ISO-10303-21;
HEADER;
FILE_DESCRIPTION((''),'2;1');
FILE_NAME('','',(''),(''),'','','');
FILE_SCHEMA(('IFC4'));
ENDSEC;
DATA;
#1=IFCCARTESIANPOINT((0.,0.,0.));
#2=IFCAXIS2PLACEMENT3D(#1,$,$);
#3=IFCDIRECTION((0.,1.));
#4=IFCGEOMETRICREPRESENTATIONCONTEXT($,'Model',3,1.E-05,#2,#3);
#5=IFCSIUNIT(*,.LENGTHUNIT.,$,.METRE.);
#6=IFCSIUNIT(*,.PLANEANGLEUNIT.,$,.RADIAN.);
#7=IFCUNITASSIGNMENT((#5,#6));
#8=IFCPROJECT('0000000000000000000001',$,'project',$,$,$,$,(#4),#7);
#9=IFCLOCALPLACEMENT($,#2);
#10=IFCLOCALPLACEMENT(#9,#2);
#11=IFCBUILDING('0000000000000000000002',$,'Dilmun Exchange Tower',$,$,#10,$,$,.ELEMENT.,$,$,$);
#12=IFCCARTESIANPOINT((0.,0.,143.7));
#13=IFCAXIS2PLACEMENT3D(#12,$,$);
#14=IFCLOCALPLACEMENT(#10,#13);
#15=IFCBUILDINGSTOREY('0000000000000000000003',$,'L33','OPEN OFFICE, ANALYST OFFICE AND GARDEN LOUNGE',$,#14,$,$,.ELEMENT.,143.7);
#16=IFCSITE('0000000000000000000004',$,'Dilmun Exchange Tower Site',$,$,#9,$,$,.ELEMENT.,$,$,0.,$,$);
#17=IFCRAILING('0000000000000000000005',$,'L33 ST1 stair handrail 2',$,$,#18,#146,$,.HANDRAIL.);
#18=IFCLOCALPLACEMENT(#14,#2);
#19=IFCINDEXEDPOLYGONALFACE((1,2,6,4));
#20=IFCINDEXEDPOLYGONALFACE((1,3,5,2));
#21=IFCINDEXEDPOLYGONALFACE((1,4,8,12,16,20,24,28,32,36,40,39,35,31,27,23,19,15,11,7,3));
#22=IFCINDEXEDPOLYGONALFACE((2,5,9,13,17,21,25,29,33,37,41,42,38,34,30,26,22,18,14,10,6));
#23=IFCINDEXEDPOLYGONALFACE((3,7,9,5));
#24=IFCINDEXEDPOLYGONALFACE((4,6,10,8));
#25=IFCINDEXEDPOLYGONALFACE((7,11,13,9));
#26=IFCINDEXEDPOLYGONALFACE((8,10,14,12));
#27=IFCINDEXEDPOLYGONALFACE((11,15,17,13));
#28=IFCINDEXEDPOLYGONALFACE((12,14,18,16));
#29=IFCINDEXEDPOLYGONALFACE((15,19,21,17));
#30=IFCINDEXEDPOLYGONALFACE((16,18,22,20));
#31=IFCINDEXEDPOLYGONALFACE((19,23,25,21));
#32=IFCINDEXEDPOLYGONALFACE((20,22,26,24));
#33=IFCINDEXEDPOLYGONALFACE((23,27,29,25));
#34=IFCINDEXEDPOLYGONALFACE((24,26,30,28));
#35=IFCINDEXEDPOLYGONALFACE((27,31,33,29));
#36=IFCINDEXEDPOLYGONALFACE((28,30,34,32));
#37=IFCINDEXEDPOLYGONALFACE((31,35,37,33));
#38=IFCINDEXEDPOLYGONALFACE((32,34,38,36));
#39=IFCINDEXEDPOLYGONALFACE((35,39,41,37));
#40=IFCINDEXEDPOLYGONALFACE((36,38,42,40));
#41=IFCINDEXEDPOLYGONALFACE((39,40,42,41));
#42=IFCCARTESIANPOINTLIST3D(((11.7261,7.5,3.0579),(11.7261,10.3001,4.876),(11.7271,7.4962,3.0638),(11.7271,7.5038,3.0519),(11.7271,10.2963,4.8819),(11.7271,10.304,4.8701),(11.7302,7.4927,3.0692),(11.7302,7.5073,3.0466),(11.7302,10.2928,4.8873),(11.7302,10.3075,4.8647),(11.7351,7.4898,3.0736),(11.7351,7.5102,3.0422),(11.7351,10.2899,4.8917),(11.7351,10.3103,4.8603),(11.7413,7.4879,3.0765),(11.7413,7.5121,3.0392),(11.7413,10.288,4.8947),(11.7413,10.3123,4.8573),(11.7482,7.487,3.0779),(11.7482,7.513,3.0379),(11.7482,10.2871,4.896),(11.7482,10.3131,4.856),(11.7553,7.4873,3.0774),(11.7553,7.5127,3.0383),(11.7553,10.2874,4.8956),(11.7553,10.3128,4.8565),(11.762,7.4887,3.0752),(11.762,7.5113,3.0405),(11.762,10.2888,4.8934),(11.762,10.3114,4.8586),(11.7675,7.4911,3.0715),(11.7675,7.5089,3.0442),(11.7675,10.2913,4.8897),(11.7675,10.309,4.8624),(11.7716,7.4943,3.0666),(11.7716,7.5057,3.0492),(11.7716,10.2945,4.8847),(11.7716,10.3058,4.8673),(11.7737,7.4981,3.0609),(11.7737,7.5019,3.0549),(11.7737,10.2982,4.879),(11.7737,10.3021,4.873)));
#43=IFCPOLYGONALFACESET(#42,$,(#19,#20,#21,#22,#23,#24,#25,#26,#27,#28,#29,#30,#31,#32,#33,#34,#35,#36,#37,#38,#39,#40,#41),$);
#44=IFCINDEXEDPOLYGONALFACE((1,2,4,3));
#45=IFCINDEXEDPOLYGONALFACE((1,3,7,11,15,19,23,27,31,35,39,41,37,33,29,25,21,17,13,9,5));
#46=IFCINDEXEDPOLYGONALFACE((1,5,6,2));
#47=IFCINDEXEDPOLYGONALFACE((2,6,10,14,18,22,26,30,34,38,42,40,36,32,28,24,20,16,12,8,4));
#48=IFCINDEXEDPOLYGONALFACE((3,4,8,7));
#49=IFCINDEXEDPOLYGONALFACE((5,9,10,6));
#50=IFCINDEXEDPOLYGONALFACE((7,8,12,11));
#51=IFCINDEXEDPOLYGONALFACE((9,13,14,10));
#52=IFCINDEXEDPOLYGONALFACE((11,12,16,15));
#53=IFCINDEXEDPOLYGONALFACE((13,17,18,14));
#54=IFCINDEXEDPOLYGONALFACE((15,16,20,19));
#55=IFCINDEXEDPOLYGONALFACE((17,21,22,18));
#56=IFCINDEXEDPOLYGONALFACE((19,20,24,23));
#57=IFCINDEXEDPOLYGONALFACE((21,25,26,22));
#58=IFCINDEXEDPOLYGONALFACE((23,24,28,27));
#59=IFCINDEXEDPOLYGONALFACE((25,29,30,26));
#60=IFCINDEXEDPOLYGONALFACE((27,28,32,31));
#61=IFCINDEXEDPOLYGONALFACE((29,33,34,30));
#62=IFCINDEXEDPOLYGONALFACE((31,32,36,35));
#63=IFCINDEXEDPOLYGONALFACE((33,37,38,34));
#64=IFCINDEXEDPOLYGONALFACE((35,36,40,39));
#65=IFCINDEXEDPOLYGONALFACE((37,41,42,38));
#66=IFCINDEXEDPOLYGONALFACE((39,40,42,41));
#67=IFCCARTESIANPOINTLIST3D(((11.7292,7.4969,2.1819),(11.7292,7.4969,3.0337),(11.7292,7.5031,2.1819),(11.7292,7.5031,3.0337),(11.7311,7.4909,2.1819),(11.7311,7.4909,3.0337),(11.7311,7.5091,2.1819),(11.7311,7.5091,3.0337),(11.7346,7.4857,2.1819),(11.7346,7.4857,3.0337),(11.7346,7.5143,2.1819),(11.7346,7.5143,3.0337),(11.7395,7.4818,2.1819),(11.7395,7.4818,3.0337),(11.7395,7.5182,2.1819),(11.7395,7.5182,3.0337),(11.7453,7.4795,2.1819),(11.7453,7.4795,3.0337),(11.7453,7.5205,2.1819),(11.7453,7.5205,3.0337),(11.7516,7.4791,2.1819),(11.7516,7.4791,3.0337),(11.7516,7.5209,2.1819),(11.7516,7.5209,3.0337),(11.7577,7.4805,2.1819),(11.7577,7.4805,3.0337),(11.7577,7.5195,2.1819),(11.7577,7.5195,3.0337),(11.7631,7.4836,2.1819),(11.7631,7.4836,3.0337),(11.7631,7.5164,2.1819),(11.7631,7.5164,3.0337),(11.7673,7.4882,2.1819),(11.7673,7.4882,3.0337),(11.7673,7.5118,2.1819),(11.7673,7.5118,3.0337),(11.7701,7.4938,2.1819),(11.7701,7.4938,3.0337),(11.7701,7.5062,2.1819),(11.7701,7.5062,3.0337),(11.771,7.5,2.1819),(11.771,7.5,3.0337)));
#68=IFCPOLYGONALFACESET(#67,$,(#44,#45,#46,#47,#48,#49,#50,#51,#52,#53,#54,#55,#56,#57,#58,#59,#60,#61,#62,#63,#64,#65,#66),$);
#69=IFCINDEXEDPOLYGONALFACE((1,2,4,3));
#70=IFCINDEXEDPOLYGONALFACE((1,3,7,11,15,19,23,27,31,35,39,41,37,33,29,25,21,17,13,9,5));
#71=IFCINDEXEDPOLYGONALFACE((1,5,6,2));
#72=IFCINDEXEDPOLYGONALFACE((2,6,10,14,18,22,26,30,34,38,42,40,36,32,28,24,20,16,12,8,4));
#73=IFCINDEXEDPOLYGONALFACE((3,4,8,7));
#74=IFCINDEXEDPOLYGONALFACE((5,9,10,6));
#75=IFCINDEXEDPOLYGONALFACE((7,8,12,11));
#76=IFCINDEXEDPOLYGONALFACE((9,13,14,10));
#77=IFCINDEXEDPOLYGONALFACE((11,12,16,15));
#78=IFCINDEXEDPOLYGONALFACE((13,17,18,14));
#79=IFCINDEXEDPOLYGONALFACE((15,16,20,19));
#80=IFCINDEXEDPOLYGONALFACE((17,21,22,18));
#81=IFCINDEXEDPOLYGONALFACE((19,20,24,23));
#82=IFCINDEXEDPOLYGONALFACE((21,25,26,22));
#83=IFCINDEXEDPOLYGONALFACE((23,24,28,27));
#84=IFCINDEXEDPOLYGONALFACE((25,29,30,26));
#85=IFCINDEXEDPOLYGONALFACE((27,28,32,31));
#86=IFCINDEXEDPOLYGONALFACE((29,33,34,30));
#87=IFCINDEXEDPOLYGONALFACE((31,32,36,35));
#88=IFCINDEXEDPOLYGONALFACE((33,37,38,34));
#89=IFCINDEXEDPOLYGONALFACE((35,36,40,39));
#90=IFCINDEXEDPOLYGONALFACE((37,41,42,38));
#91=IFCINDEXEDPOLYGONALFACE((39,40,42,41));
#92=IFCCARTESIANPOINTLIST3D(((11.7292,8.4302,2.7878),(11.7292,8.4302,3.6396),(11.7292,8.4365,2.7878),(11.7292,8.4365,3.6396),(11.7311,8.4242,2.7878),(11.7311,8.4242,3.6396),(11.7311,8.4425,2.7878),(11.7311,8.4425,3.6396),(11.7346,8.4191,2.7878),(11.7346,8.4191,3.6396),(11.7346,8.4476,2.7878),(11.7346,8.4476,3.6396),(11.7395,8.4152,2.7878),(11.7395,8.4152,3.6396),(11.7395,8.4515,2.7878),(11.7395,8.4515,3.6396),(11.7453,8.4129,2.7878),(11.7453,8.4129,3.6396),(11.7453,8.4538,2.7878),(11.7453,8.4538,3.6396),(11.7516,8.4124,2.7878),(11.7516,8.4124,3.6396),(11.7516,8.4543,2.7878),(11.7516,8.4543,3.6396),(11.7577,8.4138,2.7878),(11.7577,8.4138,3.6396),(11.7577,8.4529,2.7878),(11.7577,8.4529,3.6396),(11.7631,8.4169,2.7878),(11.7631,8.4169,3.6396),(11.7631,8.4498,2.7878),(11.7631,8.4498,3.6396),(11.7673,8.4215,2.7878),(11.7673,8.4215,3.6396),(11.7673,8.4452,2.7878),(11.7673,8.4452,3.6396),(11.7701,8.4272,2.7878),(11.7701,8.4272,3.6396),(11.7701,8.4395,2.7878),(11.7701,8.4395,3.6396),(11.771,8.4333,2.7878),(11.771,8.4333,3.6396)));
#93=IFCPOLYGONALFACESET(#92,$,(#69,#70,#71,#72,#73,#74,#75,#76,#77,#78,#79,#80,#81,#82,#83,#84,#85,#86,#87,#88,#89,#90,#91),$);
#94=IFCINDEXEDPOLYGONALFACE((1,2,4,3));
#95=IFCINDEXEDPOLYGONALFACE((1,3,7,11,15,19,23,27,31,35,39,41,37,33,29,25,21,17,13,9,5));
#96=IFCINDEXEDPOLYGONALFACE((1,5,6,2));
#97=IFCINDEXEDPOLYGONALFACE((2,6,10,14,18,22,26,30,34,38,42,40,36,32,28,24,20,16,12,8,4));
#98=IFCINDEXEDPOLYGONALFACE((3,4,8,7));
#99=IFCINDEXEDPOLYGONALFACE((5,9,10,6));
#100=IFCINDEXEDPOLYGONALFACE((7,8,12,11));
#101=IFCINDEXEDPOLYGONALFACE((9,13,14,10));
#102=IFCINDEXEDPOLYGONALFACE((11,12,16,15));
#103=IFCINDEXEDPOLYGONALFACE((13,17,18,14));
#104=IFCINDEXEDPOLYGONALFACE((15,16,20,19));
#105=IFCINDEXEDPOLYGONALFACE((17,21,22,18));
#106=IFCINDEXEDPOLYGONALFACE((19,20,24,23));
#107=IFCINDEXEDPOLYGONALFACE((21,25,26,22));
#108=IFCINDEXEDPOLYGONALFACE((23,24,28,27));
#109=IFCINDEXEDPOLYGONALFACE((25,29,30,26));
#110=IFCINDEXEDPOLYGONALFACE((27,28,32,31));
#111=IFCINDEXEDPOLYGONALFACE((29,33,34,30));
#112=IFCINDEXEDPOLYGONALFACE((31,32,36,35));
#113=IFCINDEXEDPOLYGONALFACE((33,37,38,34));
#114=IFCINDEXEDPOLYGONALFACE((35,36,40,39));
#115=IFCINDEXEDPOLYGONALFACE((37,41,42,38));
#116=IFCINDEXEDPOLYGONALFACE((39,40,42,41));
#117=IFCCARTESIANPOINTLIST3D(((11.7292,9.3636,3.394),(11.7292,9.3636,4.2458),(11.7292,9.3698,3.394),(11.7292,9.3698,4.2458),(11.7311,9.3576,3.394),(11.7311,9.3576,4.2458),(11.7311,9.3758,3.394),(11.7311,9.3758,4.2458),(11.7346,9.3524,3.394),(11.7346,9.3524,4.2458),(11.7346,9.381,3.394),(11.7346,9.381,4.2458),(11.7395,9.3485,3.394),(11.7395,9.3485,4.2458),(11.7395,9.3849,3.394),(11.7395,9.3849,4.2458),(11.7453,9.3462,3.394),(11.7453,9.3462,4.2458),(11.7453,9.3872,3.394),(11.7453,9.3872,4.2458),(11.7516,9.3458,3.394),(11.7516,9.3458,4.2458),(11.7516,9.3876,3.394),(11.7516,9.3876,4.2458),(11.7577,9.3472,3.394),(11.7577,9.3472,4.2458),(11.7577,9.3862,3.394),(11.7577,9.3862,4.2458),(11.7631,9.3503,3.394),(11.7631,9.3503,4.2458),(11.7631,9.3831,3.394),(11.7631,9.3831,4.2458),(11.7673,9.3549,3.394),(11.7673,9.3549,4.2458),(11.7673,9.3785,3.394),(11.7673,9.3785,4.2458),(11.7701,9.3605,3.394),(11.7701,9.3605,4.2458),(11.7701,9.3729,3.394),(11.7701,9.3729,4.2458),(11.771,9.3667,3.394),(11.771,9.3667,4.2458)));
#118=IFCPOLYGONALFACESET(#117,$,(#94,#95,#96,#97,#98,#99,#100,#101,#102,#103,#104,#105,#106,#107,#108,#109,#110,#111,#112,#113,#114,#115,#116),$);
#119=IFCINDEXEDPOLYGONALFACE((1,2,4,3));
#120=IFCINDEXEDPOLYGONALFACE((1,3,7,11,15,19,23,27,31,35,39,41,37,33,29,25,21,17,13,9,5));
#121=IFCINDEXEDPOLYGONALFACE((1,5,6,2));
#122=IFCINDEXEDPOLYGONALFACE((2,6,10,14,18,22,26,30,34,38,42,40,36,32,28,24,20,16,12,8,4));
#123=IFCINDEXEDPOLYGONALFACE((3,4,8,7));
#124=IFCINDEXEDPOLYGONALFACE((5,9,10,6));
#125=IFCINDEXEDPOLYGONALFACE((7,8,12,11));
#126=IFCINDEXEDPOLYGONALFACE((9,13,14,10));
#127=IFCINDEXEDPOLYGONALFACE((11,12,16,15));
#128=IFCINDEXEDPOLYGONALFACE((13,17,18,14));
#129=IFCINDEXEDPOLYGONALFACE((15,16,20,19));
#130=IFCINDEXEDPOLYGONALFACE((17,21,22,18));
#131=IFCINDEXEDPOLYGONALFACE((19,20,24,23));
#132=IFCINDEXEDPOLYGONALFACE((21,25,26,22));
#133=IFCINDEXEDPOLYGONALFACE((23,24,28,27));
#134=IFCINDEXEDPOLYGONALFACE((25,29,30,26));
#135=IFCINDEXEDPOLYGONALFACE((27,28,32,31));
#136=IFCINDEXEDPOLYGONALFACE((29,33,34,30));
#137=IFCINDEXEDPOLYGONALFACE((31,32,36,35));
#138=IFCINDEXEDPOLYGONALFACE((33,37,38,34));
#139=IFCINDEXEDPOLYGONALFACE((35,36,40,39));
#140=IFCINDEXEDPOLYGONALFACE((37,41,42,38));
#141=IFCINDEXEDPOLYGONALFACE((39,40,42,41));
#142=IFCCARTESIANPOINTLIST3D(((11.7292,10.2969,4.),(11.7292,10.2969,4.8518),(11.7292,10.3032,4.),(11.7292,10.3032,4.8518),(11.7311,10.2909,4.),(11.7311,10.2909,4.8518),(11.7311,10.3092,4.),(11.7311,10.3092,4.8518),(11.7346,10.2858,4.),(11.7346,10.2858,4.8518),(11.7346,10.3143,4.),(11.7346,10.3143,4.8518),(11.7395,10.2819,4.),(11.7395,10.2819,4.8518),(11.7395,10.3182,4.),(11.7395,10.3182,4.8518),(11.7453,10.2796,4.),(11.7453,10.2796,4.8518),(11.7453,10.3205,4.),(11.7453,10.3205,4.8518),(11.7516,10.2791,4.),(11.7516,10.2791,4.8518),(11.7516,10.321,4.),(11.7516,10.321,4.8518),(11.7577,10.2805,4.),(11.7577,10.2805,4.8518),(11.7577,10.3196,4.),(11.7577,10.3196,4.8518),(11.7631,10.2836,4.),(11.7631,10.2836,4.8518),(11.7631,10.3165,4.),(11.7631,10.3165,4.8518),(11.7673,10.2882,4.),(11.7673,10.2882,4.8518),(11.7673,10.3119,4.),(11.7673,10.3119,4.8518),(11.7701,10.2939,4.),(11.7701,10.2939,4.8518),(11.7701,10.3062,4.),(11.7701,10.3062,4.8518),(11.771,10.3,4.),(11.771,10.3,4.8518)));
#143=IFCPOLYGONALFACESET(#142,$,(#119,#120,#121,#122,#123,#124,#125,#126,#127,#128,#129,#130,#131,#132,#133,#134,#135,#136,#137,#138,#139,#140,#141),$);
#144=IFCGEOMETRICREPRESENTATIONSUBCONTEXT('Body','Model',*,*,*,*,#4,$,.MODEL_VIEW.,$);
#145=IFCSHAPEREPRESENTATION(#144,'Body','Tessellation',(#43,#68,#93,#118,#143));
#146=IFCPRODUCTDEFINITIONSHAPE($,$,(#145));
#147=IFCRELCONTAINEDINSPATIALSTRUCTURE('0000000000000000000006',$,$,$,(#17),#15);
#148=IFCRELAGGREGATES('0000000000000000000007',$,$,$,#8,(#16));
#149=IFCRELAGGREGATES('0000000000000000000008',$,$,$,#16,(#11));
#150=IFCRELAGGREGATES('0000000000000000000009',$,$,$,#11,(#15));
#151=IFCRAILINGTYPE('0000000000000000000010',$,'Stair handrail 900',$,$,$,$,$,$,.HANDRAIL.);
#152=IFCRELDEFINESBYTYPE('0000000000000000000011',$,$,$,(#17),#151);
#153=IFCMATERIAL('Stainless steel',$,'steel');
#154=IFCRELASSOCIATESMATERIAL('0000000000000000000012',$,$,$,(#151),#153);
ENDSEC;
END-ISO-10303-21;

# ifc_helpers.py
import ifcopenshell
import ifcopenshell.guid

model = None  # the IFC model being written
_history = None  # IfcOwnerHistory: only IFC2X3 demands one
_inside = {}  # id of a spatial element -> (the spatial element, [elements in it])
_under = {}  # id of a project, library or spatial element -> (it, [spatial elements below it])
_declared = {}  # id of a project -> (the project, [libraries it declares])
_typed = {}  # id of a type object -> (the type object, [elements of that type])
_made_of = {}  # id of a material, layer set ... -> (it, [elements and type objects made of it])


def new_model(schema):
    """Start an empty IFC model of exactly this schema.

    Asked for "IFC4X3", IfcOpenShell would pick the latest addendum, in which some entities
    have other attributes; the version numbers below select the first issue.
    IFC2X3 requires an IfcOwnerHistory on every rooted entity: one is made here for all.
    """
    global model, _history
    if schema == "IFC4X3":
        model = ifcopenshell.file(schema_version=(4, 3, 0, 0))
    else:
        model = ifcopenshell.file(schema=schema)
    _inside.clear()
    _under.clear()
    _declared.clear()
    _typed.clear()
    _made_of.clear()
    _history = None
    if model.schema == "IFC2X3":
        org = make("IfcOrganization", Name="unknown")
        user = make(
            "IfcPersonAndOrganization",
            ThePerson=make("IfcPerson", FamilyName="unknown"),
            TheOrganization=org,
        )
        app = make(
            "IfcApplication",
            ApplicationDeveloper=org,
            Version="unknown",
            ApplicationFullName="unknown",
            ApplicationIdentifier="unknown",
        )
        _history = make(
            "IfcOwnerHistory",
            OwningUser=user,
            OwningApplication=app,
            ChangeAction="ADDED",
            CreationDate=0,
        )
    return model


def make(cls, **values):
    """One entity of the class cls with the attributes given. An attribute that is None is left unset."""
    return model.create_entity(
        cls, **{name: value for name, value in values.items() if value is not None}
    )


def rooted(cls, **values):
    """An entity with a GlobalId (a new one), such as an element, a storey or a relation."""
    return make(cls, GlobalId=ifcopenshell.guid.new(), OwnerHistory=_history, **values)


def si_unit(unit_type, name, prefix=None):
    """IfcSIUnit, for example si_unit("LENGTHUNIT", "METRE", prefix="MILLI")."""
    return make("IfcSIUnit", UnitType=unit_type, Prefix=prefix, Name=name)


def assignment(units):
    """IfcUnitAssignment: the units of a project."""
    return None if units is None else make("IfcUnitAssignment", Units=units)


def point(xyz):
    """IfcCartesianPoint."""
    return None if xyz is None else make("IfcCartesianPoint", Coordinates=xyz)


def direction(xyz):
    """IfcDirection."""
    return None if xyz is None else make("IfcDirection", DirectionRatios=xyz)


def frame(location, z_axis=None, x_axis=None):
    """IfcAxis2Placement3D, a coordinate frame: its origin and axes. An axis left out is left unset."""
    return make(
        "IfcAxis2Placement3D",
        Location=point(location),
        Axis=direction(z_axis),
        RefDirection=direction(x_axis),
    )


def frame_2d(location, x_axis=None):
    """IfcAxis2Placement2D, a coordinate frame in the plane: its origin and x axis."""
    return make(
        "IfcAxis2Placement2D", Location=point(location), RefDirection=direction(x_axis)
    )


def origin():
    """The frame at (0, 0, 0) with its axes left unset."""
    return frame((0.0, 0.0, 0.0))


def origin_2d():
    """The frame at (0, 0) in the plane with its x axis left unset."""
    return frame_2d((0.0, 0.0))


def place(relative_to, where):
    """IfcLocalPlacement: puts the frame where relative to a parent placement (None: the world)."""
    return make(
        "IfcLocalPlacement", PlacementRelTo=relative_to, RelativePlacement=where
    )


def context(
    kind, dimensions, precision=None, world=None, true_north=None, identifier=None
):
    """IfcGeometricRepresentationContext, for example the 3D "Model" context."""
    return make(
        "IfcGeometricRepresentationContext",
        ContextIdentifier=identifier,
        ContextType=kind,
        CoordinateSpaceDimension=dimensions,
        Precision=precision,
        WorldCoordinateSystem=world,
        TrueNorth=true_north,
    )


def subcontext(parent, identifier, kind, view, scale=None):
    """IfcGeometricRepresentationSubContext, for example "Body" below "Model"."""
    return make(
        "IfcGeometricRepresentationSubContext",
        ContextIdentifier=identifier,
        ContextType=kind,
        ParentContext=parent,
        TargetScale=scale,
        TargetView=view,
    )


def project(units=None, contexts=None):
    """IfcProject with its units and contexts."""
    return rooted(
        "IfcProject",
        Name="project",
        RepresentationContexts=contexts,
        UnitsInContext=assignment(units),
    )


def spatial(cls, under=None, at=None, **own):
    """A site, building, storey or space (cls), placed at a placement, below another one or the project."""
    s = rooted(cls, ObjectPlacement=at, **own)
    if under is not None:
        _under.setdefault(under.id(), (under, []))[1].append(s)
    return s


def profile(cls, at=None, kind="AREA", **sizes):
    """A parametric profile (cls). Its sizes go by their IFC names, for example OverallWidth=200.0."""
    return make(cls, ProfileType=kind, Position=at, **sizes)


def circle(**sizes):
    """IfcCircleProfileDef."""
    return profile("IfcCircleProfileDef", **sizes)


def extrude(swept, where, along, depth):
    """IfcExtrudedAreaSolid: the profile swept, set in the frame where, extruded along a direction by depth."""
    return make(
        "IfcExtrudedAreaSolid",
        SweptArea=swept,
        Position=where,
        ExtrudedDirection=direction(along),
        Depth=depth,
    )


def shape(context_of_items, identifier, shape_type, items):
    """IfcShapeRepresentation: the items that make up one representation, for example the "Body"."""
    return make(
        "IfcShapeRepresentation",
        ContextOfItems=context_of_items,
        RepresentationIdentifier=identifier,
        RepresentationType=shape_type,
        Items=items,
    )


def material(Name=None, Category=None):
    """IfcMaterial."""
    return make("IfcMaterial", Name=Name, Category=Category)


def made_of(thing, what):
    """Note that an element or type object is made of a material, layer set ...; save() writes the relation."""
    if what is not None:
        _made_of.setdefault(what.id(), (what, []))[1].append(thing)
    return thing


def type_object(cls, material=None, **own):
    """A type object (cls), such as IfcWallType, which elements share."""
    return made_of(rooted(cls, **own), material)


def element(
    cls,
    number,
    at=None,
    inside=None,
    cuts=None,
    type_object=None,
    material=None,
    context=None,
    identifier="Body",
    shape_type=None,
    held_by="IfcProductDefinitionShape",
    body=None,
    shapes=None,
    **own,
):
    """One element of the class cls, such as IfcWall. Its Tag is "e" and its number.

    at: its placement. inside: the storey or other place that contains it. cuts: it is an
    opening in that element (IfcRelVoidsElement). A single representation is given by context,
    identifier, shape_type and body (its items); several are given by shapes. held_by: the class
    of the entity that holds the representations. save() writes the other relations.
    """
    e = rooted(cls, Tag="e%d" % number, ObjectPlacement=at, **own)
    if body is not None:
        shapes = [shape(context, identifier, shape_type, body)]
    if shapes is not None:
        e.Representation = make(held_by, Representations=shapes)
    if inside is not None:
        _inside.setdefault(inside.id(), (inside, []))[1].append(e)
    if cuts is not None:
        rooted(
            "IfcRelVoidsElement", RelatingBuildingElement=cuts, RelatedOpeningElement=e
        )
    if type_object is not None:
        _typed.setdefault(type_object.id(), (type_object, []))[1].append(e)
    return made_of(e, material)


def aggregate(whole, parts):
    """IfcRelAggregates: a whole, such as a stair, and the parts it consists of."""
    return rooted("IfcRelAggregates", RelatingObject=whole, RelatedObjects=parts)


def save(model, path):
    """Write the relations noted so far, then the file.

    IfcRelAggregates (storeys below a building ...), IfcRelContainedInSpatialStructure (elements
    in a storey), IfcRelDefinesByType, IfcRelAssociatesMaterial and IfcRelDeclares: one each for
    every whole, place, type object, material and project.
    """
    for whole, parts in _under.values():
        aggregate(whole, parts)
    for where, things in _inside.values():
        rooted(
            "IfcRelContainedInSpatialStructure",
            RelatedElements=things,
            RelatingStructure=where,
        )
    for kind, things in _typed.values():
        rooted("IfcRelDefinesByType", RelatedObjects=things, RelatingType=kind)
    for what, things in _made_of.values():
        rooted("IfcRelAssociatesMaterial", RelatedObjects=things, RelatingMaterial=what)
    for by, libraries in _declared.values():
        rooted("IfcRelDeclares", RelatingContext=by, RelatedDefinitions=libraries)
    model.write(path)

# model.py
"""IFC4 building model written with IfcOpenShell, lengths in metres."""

from ifc_helpers import new_model, si_unit, direction, frame, origin, origin_2d, place, context, subcontext, project, spatial, circle, extrude, material, type_object, element, save


model = new_model("IFC4")

# Units and contexts
model_context = context("Model", 3, precision=1e-05, world=origin(), true_north=direction((0.0, 1.0)))
body_context = subcontext(model_context, "Body", "Model", "MODEL_VIEW")
ifc_project = project(units=[si_unit("LENGTHUNIT", "METRE"), si_unit("PLANEANGLEUNIT", "RADIAN")], contexts=[model_context])

# Site, building, storey
site_placement = place(None, origin())
site = spatial("IfcSite", under=ifc_project, at=site_placement, Name="Dilmun Exchange Tower Site", CompositionType="ELEMENT", RefElevation=0.0)
building_placement = place(site_placement, origin())
building = spatial("IfcBuilding", under=site, at=building_placement, Name="Dilmun Exchange Tower", CompositionType="ELEMENT")
storey_placement = place(building_placement, frame((0.0, 0.0, 143.7)))
storey = spatial("IfcBuildingStorey", under=building, at=storey_placement, Name="L33", Description="OPEN OFFICE, ANALYST OFFICE AND GARDEN LOUNGE", CompositionType="ELEMENT", Elevation=143.7)

# Railing
ifc_material_1 = material(Name="Stainless steel", Category="steel")
railing_type = type_object("IfcRailingType", Name="Stair handrail 900", PredefinedType="HANDRAIL", material=ifc_material_1)
railing_1_placement = place(storey_placement, frame((11.75, 7.5, 2.1819)))
element("IfcRailing", 1, at=railing_1_placement, inside=storey, type_object=railing_type, Name="L33 ST1 stair handrail 2", PredefinedType="HANDRAIL", context=body_context, shape_type="SweptSolid", body=[
    extrude(circle(Radius=0.0239, at=origin_2d()), frame((0.0, 0.0, 0.876), z_axis=(0.0, 0.838706, 0.544585), x_axis=(-1.0, 0.0, 0.0)), (0.0, 0.0, 1.0), 3.3386),
    extrude(circle(Radius=0.021, at=origin_2d()), origin(), (0.0, 0.0, 1.0), 0.8518),
    extrude(circle(Radius=0.021, at=origin_2d()), frame((0.0, 0.9333, 0.606)), (0.0, 0.0, 1.0), 0.8518),
    extrude(circle(Radius=0.021, at=origin_2d()), frame((0.0, 1.8667, 1.2122)), (0.0, 0.0, 1.0), 0.8518),
    extrude(circle(Radius=0.021, at=origin_2d()), frame((0.0, 2.8, 1.8181)), (0.0, 0.0, 1.0), 0.8518),
])

save(model, "model.ifc")
